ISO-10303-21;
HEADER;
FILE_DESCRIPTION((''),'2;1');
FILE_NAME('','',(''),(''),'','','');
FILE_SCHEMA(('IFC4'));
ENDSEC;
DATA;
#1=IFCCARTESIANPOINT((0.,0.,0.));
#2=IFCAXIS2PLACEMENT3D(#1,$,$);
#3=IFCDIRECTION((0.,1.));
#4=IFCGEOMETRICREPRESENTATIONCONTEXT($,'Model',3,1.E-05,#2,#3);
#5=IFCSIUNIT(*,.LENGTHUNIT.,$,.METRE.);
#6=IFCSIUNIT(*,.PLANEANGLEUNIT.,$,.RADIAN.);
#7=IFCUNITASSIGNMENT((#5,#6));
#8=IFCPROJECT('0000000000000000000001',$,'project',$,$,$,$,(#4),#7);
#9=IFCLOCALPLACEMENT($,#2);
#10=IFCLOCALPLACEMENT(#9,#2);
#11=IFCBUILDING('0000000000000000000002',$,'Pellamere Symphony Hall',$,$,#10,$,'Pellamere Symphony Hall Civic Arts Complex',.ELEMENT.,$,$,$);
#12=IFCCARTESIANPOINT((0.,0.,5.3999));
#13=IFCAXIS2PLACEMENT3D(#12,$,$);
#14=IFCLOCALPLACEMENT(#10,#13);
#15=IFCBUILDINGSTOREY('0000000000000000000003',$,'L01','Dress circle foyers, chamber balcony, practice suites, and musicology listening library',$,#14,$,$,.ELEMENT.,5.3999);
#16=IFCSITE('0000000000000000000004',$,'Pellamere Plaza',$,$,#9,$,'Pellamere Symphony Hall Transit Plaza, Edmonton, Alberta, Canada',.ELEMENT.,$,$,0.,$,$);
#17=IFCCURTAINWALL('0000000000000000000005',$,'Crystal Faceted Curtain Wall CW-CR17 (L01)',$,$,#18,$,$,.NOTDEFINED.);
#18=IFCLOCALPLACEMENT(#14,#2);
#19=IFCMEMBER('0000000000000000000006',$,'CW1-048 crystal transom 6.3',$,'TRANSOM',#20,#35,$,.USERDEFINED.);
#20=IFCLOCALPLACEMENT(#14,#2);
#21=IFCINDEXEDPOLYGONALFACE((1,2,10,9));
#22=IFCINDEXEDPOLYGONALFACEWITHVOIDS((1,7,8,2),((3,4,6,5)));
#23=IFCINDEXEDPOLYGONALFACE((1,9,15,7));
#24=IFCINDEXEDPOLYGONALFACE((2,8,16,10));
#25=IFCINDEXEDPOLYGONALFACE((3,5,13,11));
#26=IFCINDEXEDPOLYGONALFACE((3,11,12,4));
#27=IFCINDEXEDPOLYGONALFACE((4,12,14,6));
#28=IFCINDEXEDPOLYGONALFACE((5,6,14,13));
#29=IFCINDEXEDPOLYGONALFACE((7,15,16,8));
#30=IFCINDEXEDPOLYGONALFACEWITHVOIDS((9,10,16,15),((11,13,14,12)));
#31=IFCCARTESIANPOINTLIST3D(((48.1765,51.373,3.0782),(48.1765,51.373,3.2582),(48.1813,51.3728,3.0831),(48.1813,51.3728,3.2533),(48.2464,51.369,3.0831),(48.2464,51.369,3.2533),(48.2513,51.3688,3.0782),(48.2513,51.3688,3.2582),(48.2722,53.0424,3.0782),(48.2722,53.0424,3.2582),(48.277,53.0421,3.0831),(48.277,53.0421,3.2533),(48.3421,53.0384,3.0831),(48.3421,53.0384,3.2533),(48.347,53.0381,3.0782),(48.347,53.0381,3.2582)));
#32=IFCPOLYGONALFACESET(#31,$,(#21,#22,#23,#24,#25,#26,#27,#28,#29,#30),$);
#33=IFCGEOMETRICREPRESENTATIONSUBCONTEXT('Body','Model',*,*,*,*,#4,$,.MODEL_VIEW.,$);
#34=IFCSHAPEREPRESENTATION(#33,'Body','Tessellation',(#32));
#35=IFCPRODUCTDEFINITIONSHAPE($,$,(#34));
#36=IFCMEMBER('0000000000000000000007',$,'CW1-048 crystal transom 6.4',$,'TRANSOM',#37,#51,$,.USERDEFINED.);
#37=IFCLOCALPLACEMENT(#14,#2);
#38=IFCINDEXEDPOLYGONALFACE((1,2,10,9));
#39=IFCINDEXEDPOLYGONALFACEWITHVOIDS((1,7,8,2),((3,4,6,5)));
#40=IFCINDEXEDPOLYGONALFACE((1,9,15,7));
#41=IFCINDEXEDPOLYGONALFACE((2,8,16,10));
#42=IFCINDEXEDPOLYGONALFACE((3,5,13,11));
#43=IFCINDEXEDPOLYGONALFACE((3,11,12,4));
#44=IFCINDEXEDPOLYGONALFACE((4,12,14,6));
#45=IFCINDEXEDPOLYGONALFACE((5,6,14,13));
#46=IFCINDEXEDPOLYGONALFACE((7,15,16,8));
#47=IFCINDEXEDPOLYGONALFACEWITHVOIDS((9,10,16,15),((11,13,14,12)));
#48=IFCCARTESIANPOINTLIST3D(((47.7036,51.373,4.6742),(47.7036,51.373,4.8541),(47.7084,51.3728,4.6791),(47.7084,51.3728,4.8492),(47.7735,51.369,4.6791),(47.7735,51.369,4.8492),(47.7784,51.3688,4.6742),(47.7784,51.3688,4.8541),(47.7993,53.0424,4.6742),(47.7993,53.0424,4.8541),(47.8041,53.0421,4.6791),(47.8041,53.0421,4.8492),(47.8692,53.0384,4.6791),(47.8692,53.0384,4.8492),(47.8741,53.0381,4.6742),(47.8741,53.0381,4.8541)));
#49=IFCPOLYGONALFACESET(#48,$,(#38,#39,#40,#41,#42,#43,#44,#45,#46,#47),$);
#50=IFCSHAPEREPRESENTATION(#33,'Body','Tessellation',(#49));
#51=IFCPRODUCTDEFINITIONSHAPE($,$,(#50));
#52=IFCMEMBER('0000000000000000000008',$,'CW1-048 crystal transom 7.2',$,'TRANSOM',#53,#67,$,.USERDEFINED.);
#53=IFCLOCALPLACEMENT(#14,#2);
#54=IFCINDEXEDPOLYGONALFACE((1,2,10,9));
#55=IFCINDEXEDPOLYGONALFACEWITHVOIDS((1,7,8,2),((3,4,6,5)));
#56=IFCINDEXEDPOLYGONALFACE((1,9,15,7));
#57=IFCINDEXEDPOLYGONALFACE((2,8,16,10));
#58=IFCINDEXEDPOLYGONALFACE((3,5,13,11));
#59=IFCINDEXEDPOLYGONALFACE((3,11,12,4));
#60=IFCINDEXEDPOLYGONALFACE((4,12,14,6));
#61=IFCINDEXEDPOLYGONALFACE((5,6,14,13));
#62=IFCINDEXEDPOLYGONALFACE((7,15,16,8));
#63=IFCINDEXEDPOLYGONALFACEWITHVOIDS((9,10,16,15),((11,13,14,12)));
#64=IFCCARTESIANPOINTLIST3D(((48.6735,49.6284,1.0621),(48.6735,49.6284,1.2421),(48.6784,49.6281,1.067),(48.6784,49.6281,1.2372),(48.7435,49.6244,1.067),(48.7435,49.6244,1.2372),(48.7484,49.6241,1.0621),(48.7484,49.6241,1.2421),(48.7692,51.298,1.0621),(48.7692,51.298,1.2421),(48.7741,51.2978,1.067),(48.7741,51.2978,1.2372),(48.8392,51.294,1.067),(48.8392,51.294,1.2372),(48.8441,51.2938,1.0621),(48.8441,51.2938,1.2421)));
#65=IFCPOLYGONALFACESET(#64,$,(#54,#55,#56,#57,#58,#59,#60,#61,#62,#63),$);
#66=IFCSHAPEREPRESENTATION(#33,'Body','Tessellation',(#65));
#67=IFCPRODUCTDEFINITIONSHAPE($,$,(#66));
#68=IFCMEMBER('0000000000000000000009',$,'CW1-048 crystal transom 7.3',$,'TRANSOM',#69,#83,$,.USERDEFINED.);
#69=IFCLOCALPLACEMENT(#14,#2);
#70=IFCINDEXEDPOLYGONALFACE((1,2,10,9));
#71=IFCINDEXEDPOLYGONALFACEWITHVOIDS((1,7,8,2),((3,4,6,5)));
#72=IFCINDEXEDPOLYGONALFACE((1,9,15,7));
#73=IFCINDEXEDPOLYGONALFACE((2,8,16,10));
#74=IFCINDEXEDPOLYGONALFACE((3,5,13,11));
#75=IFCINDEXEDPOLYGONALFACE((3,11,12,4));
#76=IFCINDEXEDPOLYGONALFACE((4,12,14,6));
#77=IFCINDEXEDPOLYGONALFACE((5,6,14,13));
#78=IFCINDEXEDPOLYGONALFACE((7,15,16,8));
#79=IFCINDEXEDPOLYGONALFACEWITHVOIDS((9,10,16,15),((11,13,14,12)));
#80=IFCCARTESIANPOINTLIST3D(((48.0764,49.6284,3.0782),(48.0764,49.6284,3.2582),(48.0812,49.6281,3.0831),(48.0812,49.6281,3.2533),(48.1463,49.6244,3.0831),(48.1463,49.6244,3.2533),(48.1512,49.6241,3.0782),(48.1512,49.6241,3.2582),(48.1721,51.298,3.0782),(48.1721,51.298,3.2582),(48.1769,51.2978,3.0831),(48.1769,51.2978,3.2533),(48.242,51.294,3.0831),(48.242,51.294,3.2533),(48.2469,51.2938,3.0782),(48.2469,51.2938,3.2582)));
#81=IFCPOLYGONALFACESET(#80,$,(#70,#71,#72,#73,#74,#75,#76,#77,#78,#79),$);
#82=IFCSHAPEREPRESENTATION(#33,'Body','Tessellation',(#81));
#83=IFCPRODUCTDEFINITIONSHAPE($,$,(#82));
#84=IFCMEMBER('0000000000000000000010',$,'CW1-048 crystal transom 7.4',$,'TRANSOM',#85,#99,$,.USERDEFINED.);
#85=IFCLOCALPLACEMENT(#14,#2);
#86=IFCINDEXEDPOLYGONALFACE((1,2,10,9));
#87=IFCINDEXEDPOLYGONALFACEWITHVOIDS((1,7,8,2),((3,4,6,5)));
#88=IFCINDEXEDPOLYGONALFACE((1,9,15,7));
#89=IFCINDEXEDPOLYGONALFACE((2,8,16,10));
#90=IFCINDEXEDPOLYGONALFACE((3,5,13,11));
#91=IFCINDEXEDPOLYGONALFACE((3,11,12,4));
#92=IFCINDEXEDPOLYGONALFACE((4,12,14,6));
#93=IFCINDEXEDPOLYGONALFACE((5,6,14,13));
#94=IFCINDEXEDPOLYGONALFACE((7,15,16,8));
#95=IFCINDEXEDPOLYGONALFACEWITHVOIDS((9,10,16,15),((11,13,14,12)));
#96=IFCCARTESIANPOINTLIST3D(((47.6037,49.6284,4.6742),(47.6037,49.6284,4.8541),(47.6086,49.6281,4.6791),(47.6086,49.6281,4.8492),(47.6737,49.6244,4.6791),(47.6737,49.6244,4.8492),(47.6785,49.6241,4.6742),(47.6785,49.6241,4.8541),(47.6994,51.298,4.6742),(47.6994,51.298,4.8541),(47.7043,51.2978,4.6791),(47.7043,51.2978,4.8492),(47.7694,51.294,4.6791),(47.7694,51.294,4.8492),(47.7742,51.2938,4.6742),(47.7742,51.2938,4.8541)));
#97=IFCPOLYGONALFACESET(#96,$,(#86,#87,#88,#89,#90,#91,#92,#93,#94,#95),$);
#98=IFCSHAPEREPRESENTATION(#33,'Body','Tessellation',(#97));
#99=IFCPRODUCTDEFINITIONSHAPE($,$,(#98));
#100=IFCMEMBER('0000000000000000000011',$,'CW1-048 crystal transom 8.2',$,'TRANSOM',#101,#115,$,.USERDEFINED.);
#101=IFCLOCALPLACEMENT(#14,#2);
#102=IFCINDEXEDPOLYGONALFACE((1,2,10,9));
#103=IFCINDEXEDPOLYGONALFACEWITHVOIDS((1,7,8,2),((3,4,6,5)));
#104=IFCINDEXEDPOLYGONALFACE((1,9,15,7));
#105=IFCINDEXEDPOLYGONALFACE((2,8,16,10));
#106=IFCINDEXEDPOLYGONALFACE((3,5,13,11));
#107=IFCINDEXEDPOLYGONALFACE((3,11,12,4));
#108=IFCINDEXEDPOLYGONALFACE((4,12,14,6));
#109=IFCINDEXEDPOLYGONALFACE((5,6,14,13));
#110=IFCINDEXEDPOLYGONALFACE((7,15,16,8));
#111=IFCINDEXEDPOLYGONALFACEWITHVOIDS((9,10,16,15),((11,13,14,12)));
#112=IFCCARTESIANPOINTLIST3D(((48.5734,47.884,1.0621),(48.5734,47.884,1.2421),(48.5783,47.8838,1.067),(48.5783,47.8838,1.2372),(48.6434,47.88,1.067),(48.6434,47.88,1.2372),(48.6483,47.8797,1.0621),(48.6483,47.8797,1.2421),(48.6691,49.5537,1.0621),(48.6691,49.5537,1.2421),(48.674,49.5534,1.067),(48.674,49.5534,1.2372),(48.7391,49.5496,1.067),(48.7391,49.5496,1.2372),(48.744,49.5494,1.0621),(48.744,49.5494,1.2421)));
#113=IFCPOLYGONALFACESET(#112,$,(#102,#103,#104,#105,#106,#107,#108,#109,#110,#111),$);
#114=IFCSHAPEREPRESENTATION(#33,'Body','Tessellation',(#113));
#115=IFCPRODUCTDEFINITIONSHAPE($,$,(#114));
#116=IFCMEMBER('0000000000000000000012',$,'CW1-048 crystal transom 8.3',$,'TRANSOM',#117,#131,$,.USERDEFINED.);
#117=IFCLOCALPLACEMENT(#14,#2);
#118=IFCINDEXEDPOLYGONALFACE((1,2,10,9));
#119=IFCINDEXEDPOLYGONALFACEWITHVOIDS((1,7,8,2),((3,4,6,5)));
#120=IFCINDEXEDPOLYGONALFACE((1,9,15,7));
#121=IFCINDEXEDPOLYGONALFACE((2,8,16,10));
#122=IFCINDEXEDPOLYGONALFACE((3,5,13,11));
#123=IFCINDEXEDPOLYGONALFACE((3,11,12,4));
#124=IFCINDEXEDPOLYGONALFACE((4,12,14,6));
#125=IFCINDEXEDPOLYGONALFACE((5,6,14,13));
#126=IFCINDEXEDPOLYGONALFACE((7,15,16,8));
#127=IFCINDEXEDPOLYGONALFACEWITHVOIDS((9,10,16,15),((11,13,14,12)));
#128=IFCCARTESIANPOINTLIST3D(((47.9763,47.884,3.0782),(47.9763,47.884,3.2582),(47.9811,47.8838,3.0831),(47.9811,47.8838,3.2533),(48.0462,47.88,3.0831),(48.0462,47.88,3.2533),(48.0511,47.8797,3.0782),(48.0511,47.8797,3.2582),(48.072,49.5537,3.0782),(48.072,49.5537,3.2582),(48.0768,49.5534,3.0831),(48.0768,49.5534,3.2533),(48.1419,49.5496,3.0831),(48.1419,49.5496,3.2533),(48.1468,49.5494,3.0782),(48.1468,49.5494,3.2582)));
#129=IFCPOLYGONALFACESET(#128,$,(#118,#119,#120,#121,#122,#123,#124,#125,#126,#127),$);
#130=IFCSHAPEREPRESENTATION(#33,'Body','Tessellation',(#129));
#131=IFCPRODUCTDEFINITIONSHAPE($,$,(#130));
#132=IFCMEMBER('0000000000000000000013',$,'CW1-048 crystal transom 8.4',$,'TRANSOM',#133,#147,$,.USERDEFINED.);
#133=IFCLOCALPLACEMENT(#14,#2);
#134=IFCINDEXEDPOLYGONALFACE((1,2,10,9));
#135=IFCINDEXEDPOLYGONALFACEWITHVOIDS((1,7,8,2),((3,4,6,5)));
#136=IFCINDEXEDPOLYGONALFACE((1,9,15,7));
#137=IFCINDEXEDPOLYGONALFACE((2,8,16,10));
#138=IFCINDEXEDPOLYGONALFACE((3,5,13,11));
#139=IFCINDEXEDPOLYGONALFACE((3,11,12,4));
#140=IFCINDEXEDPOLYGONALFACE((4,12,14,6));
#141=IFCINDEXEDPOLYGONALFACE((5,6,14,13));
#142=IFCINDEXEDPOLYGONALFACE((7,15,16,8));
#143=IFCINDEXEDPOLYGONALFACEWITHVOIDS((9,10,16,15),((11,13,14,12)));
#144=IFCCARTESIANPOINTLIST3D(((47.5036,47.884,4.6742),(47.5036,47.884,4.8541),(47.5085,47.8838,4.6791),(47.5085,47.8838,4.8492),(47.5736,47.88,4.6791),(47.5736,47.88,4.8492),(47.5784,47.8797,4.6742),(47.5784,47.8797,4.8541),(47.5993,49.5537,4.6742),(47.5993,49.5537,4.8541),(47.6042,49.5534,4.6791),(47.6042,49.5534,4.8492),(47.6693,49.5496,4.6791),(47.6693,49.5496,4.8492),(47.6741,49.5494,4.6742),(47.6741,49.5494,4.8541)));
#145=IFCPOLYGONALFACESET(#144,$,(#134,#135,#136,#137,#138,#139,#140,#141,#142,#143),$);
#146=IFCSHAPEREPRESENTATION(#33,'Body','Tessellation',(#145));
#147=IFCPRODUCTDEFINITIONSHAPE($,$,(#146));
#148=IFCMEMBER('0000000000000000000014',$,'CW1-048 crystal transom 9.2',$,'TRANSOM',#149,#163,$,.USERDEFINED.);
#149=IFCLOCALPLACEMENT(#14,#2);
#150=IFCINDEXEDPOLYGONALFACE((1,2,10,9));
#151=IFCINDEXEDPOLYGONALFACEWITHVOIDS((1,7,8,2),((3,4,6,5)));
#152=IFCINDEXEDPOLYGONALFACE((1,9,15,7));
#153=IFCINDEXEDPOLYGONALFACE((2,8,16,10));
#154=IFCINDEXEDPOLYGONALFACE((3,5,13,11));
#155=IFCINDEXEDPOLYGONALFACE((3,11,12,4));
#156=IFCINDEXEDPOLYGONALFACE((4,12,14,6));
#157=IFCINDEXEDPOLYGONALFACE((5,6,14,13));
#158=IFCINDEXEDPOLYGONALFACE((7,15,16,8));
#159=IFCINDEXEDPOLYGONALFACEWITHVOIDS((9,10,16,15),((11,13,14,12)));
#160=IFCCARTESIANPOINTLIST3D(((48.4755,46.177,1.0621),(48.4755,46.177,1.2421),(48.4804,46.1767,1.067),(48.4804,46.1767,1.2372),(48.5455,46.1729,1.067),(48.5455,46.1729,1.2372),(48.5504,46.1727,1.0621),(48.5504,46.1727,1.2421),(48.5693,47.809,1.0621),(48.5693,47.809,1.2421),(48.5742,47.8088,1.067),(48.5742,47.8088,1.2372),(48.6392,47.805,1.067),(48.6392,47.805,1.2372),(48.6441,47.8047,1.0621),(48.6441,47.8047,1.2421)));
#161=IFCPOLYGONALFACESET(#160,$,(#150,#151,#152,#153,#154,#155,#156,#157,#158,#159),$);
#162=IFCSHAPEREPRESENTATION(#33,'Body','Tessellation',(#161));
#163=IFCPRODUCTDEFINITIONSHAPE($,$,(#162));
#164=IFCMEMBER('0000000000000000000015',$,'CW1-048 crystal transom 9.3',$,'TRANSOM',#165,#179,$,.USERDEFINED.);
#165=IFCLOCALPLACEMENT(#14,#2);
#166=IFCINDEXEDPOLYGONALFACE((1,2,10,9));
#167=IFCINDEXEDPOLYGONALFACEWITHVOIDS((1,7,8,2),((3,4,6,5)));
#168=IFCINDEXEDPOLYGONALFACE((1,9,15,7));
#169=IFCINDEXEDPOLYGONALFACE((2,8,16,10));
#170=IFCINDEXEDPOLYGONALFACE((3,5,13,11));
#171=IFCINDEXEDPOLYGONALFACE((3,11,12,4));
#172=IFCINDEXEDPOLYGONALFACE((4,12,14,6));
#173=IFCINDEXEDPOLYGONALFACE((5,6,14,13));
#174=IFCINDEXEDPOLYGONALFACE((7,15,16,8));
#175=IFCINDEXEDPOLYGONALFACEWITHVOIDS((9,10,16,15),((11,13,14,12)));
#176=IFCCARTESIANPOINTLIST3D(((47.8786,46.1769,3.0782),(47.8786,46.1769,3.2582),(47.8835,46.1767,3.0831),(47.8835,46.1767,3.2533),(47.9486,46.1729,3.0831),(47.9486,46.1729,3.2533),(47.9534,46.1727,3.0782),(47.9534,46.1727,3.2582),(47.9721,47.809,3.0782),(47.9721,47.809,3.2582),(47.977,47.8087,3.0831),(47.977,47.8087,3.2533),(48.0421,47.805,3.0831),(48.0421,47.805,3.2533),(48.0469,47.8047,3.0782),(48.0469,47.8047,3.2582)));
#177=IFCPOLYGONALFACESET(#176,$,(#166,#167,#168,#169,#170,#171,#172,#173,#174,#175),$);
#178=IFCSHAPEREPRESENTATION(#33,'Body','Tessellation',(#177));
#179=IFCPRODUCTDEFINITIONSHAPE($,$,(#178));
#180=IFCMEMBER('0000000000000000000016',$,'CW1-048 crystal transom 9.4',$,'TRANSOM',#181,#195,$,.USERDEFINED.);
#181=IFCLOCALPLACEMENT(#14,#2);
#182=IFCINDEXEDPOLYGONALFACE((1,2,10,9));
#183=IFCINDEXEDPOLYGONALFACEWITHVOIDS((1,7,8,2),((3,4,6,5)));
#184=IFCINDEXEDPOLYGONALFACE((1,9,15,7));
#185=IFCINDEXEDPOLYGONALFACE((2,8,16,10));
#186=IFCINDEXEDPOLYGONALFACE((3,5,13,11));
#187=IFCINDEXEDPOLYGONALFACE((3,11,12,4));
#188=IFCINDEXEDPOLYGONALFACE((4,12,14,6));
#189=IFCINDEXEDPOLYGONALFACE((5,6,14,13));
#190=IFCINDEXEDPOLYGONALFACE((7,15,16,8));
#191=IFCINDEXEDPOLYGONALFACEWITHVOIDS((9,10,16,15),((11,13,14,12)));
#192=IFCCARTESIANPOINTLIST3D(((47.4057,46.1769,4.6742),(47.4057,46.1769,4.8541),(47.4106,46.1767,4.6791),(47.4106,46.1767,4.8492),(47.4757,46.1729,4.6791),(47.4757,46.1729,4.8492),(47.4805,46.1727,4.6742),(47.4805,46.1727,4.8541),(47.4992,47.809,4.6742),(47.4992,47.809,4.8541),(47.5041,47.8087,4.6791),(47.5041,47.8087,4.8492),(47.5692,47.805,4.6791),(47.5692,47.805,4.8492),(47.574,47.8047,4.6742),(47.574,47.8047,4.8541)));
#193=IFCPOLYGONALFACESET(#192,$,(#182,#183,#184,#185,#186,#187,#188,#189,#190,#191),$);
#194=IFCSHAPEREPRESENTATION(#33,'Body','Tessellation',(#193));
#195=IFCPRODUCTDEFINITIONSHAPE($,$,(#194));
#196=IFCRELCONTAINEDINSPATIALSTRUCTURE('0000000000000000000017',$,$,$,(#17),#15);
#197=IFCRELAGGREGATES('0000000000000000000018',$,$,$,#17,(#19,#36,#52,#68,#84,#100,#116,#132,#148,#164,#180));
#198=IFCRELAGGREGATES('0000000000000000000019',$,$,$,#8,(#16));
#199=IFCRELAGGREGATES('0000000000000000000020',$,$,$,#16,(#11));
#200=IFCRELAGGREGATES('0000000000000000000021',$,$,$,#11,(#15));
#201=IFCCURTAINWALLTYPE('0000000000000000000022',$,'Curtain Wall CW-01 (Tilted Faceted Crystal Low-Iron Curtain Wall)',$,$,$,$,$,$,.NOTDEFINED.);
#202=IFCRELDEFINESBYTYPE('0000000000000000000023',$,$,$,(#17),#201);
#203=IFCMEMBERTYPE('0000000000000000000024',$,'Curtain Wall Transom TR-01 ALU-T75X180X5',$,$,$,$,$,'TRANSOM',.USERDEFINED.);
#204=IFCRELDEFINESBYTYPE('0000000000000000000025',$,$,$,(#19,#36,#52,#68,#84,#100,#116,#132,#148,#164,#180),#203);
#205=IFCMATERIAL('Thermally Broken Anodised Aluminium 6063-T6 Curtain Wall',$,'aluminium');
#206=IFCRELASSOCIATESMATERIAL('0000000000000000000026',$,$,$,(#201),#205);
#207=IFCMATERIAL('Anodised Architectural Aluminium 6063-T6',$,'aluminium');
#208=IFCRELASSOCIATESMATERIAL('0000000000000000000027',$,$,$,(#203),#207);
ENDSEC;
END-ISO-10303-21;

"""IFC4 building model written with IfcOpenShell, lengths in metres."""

from ifc_helpers import new_model, si_unit, direction, frame, origin, origin_2d, place, context, subcontext, project, spatial, hollow_rectangle, extrude, material, material_profile, profile_set, type_object, element, aggregate, save


model = new_model("IFC4")

# Units and contexts
model_context = context("Model", 3, precision=1e-05, world=origin(), true_north=direction((0.0, 1.0)))
body_context = subcontext(model_context, "Body", "Model", "MODEL_VIEW")
ifc_project = project(units=[si_unit("LENGTHUNIT", "METRE"), si_unit("PLANEANGLEUNIT", "RADIAN")], contexts=[model_context])

# Site, building, storey
site_placement = place(None, origin())
site = spatial("IfcSite", under=ifc_project, at=site_placement, Name="Pellamere Plaza", LongName="Pellamere Symphony Hall Transit Plaza, Edmonton, Alberta, Canada", CompositionType="ELEMENT", RefElevation=0.0)
building_placement = place(site_placement, origin())
building = spatial("IfcBuilding", under=site, at=building_placement, Name="Pellamere Symphony Hall", LongName="Pellamere Symphony Hall Civic Arts Complex", CompositionType="ELEMENT")
storey_placement = place(building_placement, frame((0.0, 0.0, 5.3999)))
storey = spatial("IfcBuildingStorey", under=building, at=storey_placement, Name="L01", Description="Dress circle foyers, chamber balcony, practice suites, and musicology listening library", CompositionType="ELEMENT", Elevation=5.3999)

# Curtain wall, members
ifc_material_1 = material(Name="Thermally Broken Anodised Aluminium 6063-T6 Curtain Wall", Category="aluminium")
curtain_wall_type = type_object("IfcCurtainWallType", Name="Curtain Wall CW-01 (Tilted Faceted Crystal Low-Iron Curtain Wall)", PredefinedType="NOTDEFINED", material=ifc_material_1)
curtain_wall_placement = place(storey_placement, origin())
curtain_wall = element("IfcCurtainWall", 1, at=curtain_wall_placement, inside=storey, type_object=curtain_wall_type, Name="Crystal Faceted Curtain Wall CW-CR17 (L01)", PredefinedType="NOTDEFINED")
ifc_material_2 = material(Name="Anodised Architectural Aluminium 6063-T6", Category="aluminium")
ifc_material_profile_1 = material_profile(ifc_material_2, hollow_rectangle(XDim=0.075, YDim=0.1799, WallThickness=0.0049, at=origin_2d()), Name="ALU-T75X180X5")
ifc_profile_set_1 = profile_set([ifc_material_profile_1], Name="Anodised Architectural Aluminium 6063-T6")
member_type = type_object("IfcMemberType", Name="Curtain Wall Transom TR-01 ALU-T75X180X5", ElementType="TRANSOM", PredefinedType="USERDEFINED", material=ifc_profile_set_1)
member_1_placement = place(storey_placement, frame((48.3096, 53.0403, 3.1682), z_axis=(-0.057233, -0.998361, 0.0), x_axis=(0.998361, -0.057233, 0.0)))
member_1 = element("IfcMember", 2, at=member_1_placement, type_object=member_type, Name="CW1-048 crystal transom 6.3", ObjectType="TRANSOM", PredefinedType="USERDEFINED", context=body_context, shape_type="SweptSolid", body=[
    extrude(hollow_rectangle(XDim=0.075, YDim=0.1799, WallThickness=0.0049, at=origin_2d()), origin(), (0.0, 0.0, 1.0), 1.6721),
])
member_2_placement = place(storey_placement, frame((47.8367, 53.0403, 4.7642), z_axis=(-0.057233, -0.998361, 0.0), x_axis=(0.998361, -0.057233, 0.0)))
member_2 = element("IfcMember", 3, at=member_2_placement, type_object=member_type, Name="CW1-048 crystal transom 6.4", ObjectType="TRANSOM", PredefinedType="USERDEFINED", context=body_context, shape_type="SweptSolid", body=[
    extrude(hollow_rectangle(XDim=0.075, YDim=0.1799, WallThickness=0.0049, at=origin_2d()), origin(), (0.0, 0.0, 1.0), 1.6721),
])
member_3_placement = place(storey_placement, frame((48.8066, 51.2959, 1.1521), z_axis=(-0.057224, -0.998361, 0.0), x_axis=(0.998361, -0.057224, 0.0)))
member_3 = element("IfcMember", 4, at=member_3_placement, type_object=member_type, Name="CW1-048 crystal transom 7.2", ObjectType="TRANSOM", PredefinedType="USERDEFINED", context=body_context, shape_type="SweptSolid", body=[
    extrude(hollow_rectangle(XDim=0.075, YDim=0.1799, WallThickness=0.0049, at=origin_2d()), origin(), (0.0, 0.0, 1.0), 1.6724),
])
member_4_placement = place(storey_placement, frame((48.2095, 51.2959, 3.1682), z_axis=(-0.057224, -0.998361, 0.0), x_axis=(0.998361, -0.057224, 0.0)))
member_4 = element("IfcMember", 5, at=member_4_placement, type_object=member_type, Name="CW1-048 crystal transom 7.3", ObjectType="TRANSOM", PredefinedType="USERDEFINED", context=body_context, shape_type="SweptSolid", body=[
    extrude(hollow_rectangle(XDim=0.075, YDim=0.1799, WallThickness=0.0049, at=origin_2d()), origin(), (0.0, 0.0, 1.0), 1.6724),
])
member_5_placement = place(storey_placement, frame((47.7368, 51.2959, 4.7642), z_axis=(-0.057224, -0.998361, 0.0), x_axis=(0.998361, -0.057224, 0.0)))
member_5 = element("IfcMember", 6, at=member_5_placement, type_object=member_type, Name="CW1-048 crystal transom 7.4", ObjectType="TRANSOM", PredefinedType="USERDEFINED", context=body_context, shape_type="SweptSolid", body=[
    extrude(hollow_rectangle(XDim=0.075, YDim=0.1799, WallThickness=0.0049, at=origin_2d()), origin(), (0.0, 0.0, 1.0), 1.6724),
])
member_6_placement = place(storey_placement, frame((48.7065, 49.5515, 1.1521), z_axis=(-0.057224, -0.998361, 0.0), x_axis=(0.998361, -0.057224, 0.0)))
member_6 = element("IfcMember", 7, at=member_6_placement, type_object=member_type, Name="CW1-048 crystal transom 8.2", ObjectType="TRANSOM", PredefinedType="USERDEFINED", context=body_context, shape_type="SweptSolid", body=[
    extrude(hollow_rectangle(XDim=0.075, YDim=0.1799, WallThickness=0.0049, at=origin_2d()), origin(), (0.0, 0.0, 1.0), 1.6724),
])
member_7_placement = place(storey_placement, frame((48.1094, 49.5515, 3.1682), z_axis=(-0.057224, -0.998361, 0.0), x_axis=(0.998361, -0.057224, 0.0)))
member_7 = element("IfcMember", 8, at=member_7_placement, type_object=member_type, Name="CW1-048 crystal transom 8.3", ObjectType="TRANSOM", PredefinedType="USERDEFINED", context=body_context, shape_type="SweptSolid", body=[
    extrude(hollow_rectangle(XDim=0.075, YDim=0.1799, WallThickness=0.0049, at=origin_2d()), origin(), (0.0, 0.0, 1.0), 1.6724),
])
member_8_placement = place(storey_placement, frame((47.6367, 49.5515, 4.7642), z_axis=(-0.057224, -0.998361, 0.0), x_axis=(0.998361, -0.057224, 0.0)))
member_8 = element("IfcMember", 9, at=member_8_placement, type_object=member_type, Name="CW1-048 crystal transom 8.4", ObjectType="TRANSOM", PredefinedType="USERDEFINED", context=body_context, shape_type="SweptSolid", body=[
    extrude(hollow_rectangle(XDim=0.075, YDim=0.1799, WallThickness=0.0049, at=origin_2d()), origin(), (0.0, 0.0, 1.0), 1.6724),
])
member_9_placement = place(storey_placement, frame((48.6067, 47.8069, 1.1521), z_axis=(-0.057348, -0.998354, 0.0), x_axis=(0.998354, -0.057348, 0.0)))
member_9 = element("IfcMember", 10, at=member_9_placement, type_object=member_type, Name="CW1-048 crystal transom 9.2", ObjectType="TRANSOM", PredefinedType="USERDEFINED", context=body_context, shape_type="SweptSolid", body=[
    extrude(hollow_rectangle(XDim=0.075, YDim=0.1799, WallThickness=0.0049, at=origin_2d()), origin(), (0.0, 0.0, 1.0), 1.6348),
])
member_10_placement = place(storey_placement, frame((48.0095, 47.8069, 3.1682), z_axis=(-0.057199, -0.998363, 0.0), x_axis=(0.998363, -0.057199, 0.0)))
member_10 = element("IfcMember", 11, at=member_10_placement, type_object=member_type, Name="CW1-048 crystal transom 9.3", ObjectType="TRANSOM", PredefinedType="USERDEFINED", context=body_context, shape_type="SweptSolid", body=[
    extrude(hollow_rectangle(XDim=0.075, YDim=0.1799, WallThickness=0.0049, at=origin_2d()), origin(), (0.0, 0.0, 1.0), 1.6348),
])
member_11_placement = place(storey_placement, frame((47.5366, 47.8069, 4.7642), z_axis=(-0.057199, -0.998363, 0.0), x_axis=(0.998363, -0.057199, 0.0)))
member_11 = element("IfcMember", 12, at=member_11_placement, type_object=member_type, Name="CW1-048 crystal transom 9.4", ObjectType="TRANSOM", PredefinedType="USERDEFINED", context=body_context, shape_type="SweptSolid", body=[
    extrude(hollow_rectangle(XDim=0.075, YDim=0.1799, WallThickness=0.0049, at=origin_2d()), origin(), (0.0, 0.0, 1.0), 1.6348),
])

aggregate(curtain_wall, [member_1, member_2, member_3, member_4, member_5, member_6, member_7, member_8, member_9, member_10, member_11])

save(model, "model.ifc")
